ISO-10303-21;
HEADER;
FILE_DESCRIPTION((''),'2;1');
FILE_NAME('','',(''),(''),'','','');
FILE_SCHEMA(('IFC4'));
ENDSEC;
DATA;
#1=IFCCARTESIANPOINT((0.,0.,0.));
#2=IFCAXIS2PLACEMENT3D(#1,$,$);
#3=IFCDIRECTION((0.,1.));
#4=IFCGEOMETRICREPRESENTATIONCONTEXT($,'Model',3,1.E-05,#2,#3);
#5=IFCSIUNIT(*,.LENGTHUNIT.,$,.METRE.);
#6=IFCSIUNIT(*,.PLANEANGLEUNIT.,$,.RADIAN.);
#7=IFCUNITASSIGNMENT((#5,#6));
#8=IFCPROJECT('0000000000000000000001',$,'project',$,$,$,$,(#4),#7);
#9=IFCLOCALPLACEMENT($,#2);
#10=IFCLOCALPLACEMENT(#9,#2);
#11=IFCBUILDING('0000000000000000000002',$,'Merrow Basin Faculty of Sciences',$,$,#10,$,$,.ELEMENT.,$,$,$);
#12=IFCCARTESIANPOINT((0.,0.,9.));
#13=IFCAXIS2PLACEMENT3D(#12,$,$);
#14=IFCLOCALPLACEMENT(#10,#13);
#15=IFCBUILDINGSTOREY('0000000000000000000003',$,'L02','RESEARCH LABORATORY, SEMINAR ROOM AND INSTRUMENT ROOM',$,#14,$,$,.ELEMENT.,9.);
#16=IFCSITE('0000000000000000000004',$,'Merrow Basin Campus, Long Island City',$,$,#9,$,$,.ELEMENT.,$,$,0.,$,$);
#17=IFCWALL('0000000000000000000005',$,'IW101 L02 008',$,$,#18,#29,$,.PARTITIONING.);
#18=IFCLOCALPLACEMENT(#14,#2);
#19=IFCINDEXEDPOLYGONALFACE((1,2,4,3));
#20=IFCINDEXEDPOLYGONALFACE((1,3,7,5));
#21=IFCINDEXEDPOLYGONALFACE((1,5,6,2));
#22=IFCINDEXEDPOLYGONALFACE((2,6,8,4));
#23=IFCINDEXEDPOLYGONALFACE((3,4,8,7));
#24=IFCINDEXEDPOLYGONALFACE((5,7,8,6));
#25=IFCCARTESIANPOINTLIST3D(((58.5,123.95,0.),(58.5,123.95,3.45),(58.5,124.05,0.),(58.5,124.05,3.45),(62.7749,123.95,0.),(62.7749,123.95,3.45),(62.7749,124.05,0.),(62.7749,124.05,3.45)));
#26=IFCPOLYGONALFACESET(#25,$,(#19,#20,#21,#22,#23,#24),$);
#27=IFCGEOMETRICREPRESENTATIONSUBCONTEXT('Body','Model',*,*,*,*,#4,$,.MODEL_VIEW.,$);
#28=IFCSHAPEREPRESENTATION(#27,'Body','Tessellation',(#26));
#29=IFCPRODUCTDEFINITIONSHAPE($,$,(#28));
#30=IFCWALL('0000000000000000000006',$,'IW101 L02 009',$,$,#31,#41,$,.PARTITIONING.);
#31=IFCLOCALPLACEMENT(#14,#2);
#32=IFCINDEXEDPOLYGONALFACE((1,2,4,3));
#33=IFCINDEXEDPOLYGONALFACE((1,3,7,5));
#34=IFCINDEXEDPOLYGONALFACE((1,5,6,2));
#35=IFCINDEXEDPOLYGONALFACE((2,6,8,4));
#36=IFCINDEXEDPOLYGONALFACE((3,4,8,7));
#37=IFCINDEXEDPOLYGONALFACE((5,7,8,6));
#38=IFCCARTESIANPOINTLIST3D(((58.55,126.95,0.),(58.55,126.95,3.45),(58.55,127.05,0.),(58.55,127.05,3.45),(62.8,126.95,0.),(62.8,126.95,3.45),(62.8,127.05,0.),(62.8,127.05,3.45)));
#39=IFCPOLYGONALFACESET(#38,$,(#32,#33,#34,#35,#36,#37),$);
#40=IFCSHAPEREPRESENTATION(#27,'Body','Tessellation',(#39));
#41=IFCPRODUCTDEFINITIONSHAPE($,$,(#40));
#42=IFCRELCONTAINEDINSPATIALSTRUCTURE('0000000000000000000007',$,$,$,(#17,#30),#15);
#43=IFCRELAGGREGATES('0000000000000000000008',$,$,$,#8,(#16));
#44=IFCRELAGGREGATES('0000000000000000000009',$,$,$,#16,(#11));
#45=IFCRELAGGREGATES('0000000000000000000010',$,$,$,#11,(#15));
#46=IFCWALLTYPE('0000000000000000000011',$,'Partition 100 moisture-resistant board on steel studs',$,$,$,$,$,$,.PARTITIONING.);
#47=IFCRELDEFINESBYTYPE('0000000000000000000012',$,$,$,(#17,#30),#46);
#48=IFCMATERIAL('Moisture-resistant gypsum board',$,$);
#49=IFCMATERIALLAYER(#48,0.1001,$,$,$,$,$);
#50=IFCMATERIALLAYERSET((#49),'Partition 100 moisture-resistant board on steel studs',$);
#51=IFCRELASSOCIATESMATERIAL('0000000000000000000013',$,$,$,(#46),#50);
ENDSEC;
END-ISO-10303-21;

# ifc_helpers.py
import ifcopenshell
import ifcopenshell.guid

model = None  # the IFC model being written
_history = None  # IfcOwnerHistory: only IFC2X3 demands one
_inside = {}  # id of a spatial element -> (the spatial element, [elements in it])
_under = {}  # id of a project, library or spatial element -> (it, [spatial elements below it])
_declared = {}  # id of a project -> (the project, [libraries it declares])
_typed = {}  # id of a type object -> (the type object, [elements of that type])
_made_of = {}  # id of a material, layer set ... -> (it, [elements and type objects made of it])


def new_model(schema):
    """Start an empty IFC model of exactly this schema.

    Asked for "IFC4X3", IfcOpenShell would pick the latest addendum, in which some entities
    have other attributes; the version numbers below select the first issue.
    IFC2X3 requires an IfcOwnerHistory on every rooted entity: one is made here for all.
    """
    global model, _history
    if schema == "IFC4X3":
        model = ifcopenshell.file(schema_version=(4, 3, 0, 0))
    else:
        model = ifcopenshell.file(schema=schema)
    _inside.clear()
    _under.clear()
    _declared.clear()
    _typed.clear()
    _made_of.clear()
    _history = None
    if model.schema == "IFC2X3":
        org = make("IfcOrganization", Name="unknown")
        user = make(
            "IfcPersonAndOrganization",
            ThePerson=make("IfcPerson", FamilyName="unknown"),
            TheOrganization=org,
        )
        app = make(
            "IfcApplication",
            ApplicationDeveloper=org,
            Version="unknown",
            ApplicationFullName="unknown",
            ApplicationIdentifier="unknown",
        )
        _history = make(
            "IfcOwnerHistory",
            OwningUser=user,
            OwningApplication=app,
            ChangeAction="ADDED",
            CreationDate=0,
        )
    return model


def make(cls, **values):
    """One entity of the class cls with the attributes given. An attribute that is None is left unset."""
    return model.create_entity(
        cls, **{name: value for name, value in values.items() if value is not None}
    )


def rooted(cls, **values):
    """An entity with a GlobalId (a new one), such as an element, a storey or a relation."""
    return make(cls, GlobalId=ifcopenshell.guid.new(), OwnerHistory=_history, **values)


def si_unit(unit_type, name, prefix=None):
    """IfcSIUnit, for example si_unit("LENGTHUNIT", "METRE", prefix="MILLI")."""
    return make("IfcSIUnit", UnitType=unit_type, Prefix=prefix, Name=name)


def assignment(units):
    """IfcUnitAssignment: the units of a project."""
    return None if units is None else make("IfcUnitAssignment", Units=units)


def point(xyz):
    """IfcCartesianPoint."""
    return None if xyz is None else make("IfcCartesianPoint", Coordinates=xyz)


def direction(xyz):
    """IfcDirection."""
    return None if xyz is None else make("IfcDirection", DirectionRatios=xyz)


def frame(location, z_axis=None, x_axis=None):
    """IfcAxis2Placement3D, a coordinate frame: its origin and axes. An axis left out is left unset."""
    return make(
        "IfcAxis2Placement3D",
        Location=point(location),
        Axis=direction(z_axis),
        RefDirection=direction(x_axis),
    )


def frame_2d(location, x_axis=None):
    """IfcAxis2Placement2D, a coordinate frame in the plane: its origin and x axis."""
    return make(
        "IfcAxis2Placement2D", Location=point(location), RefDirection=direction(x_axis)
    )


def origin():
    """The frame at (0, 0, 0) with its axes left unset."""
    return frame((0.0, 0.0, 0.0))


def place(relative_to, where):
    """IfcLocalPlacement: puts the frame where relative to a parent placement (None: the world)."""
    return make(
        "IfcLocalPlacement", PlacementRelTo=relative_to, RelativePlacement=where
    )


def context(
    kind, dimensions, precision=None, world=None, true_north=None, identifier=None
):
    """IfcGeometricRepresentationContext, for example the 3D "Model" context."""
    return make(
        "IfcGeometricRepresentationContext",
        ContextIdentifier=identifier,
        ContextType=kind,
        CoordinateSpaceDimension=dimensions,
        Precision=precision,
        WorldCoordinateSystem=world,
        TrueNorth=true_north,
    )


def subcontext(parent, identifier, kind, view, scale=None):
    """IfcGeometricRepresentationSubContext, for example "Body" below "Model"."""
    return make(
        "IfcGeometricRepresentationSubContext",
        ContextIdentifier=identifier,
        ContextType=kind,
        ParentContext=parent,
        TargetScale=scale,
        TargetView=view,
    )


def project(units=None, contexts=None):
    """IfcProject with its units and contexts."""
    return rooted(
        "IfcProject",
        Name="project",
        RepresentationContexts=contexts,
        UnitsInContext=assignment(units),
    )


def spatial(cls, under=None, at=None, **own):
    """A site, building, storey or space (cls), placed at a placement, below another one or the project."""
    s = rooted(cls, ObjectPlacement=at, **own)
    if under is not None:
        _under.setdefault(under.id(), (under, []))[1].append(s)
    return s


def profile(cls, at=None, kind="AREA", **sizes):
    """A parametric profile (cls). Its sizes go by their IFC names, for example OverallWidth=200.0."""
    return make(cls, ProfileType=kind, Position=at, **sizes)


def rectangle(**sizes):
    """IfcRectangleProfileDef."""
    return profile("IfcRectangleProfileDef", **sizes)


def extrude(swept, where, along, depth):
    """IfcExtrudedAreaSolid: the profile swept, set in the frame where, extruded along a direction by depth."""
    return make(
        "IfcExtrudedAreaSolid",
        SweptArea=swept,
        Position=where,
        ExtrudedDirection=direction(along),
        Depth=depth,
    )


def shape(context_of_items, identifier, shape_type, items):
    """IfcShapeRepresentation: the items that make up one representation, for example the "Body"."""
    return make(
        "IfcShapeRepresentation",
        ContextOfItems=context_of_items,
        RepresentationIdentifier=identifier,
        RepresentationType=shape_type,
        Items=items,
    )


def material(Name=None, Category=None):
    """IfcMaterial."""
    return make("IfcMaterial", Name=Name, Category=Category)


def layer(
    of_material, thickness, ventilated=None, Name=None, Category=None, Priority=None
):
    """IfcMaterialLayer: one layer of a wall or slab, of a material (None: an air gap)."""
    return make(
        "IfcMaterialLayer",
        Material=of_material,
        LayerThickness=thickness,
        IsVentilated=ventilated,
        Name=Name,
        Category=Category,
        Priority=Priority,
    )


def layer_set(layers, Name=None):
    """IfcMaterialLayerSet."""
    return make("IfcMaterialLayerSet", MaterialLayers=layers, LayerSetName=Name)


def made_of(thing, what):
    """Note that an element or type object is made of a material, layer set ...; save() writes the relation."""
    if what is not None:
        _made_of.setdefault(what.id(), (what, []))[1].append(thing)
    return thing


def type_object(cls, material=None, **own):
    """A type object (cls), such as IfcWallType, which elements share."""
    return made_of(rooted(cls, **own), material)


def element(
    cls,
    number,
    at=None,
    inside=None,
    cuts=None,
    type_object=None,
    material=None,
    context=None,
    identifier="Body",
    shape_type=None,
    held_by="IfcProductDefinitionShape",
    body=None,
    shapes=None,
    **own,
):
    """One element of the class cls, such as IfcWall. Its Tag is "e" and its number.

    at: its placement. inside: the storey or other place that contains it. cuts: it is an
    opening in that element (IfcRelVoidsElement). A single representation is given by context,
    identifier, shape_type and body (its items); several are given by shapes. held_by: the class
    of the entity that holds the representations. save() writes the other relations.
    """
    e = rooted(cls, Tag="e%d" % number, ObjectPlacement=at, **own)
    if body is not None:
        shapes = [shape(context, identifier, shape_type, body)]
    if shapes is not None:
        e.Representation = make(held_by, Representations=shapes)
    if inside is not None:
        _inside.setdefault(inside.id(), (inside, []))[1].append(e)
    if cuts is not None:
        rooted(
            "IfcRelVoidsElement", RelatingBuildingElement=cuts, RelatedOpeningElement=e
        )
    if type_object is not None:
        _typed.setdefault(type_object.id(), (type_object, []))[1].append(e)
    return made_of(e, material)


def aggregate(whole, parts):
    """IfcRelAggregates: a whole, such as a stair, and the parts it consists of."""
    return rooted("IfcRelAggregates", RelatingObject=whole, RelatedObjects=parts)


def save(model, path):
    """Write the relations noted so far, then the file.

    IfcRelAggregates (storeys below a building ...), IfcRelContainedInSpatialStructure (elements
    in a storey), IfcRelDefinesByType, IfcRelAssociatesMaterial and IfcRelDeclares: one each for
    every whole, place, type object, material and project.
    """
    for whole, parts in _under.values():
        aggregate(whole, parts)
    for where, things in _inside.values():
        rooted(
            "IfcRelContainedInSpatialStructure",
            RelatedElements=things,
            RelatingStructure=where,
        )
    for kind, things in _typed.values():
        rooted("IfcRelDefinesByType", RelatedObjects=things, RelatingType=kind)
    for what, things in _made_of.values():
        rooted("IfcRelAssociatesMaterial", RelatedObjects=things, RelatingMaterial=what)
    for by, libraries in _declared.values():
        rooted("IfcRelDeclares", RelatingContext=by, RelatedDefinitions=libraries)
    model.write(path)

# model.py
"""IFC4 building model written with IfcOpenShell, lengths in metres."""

from ifc_helpers import new_model, si_unit, direction, frame, frame_2d, origin, place, context, subcontext, project, spatial, rectangle, extrude, material, layer, layer_set, type_object, element, save


model = new_model("IFC4")

# Units and contexts
model_context = context("Model", 3, precision=1e-05, world=origin(), true_north=direction((0.0, 1.0)))
body_context = subcontext(model_context, "Body", "Model", "MODEL_VIEW")
ifc_project = project(units=[si_unit("LENGTHUNIT", "METRE"), si_unit("PLANEANGLEUNIT", "RADIAN")], contexts=[model_context])

# Site, building, storey
site_placement = place(None, origin())
site = spatial("IfcSite", under=ifc_project, at=site_placement, Name="Merrow Basin Campus, Long Island City", CompositionType="ELEMENT", RefElevation=0.0)
building_placement = place(site_placement, origin())
building = spatial("IfcBuilding", under=site, at=building_placement, Name="Merrow Basin Faculty of Sciences", CompositionType="ELEMENT")
storey_placement = place(building_placement, frame((0.0, 0.0, 9.0)))
storey = spatial("IfcBuildingStorey", under=building, at=storey_placement, Name="L02", Description="RESEARCH LABORATORY, SEMINAR ROOM AND INSTRUMENT ROOM", CompositionType="ELEMENT", Elevation=9.0)

# Shared definitions
ifc_material_1 = material(Name="Moisture-resistant gypsum board")
ifc_layer_1 = layer(ifc_material_1, 0.1001)
ifc_layer_set_1 = layer_set([ifc_layer_1], Name="Partition 100 moisture-resistant board on steel studs")
wall_type = type_object("IfcWallType", Name="Partition 100 moisture-resistant board on steel studs", PredefinedType="PARTITIONING", material=ifc_layer_set_1)

# Walls
wall_1_placement = place(storey_placement, frame((58.5, 124.0, 0.0), z_axis=(0.0, 0.0, 1.0), x_axis=(1.0, 0.0, 0.0)))
element("IfcWall", 1, at=wall_1_placement, inside=storey, type_object=wall_type, Name="IW101 L02 008", PredefinedType="PARTITIONING", context=body_context, shape_type="SweptSolid", body=[
    extrude(rectangle(XDim=4.2749, YDim=0.1001, at=frame_2d((2.1375, 0.0))), origin(), (0.0, 0.0, 1.0), 3.45),
])
wall_2_placement = place(storey_placement, frame((58.55, 127.0, 0.0), z_axis=(0.0, 0.0, 1.0), x_axis=(1.0, 0.0, 0.0)))
element("IfcWall", 2, at=wall_2_placement, inside=storey, type_object=wall_type, Name="IW101 L02 009", PredefinedType="PARTITIONING", context=body_context, shape_type="SweptSolid", body=[
    extrude(rectangle(XDim=4.25, YDim=0.1001, at=frame_2d((2.125, 0.0))), origin(), (0.0, 0.0, 1.0), 3.45),
])

save(model, "model.ifc")
